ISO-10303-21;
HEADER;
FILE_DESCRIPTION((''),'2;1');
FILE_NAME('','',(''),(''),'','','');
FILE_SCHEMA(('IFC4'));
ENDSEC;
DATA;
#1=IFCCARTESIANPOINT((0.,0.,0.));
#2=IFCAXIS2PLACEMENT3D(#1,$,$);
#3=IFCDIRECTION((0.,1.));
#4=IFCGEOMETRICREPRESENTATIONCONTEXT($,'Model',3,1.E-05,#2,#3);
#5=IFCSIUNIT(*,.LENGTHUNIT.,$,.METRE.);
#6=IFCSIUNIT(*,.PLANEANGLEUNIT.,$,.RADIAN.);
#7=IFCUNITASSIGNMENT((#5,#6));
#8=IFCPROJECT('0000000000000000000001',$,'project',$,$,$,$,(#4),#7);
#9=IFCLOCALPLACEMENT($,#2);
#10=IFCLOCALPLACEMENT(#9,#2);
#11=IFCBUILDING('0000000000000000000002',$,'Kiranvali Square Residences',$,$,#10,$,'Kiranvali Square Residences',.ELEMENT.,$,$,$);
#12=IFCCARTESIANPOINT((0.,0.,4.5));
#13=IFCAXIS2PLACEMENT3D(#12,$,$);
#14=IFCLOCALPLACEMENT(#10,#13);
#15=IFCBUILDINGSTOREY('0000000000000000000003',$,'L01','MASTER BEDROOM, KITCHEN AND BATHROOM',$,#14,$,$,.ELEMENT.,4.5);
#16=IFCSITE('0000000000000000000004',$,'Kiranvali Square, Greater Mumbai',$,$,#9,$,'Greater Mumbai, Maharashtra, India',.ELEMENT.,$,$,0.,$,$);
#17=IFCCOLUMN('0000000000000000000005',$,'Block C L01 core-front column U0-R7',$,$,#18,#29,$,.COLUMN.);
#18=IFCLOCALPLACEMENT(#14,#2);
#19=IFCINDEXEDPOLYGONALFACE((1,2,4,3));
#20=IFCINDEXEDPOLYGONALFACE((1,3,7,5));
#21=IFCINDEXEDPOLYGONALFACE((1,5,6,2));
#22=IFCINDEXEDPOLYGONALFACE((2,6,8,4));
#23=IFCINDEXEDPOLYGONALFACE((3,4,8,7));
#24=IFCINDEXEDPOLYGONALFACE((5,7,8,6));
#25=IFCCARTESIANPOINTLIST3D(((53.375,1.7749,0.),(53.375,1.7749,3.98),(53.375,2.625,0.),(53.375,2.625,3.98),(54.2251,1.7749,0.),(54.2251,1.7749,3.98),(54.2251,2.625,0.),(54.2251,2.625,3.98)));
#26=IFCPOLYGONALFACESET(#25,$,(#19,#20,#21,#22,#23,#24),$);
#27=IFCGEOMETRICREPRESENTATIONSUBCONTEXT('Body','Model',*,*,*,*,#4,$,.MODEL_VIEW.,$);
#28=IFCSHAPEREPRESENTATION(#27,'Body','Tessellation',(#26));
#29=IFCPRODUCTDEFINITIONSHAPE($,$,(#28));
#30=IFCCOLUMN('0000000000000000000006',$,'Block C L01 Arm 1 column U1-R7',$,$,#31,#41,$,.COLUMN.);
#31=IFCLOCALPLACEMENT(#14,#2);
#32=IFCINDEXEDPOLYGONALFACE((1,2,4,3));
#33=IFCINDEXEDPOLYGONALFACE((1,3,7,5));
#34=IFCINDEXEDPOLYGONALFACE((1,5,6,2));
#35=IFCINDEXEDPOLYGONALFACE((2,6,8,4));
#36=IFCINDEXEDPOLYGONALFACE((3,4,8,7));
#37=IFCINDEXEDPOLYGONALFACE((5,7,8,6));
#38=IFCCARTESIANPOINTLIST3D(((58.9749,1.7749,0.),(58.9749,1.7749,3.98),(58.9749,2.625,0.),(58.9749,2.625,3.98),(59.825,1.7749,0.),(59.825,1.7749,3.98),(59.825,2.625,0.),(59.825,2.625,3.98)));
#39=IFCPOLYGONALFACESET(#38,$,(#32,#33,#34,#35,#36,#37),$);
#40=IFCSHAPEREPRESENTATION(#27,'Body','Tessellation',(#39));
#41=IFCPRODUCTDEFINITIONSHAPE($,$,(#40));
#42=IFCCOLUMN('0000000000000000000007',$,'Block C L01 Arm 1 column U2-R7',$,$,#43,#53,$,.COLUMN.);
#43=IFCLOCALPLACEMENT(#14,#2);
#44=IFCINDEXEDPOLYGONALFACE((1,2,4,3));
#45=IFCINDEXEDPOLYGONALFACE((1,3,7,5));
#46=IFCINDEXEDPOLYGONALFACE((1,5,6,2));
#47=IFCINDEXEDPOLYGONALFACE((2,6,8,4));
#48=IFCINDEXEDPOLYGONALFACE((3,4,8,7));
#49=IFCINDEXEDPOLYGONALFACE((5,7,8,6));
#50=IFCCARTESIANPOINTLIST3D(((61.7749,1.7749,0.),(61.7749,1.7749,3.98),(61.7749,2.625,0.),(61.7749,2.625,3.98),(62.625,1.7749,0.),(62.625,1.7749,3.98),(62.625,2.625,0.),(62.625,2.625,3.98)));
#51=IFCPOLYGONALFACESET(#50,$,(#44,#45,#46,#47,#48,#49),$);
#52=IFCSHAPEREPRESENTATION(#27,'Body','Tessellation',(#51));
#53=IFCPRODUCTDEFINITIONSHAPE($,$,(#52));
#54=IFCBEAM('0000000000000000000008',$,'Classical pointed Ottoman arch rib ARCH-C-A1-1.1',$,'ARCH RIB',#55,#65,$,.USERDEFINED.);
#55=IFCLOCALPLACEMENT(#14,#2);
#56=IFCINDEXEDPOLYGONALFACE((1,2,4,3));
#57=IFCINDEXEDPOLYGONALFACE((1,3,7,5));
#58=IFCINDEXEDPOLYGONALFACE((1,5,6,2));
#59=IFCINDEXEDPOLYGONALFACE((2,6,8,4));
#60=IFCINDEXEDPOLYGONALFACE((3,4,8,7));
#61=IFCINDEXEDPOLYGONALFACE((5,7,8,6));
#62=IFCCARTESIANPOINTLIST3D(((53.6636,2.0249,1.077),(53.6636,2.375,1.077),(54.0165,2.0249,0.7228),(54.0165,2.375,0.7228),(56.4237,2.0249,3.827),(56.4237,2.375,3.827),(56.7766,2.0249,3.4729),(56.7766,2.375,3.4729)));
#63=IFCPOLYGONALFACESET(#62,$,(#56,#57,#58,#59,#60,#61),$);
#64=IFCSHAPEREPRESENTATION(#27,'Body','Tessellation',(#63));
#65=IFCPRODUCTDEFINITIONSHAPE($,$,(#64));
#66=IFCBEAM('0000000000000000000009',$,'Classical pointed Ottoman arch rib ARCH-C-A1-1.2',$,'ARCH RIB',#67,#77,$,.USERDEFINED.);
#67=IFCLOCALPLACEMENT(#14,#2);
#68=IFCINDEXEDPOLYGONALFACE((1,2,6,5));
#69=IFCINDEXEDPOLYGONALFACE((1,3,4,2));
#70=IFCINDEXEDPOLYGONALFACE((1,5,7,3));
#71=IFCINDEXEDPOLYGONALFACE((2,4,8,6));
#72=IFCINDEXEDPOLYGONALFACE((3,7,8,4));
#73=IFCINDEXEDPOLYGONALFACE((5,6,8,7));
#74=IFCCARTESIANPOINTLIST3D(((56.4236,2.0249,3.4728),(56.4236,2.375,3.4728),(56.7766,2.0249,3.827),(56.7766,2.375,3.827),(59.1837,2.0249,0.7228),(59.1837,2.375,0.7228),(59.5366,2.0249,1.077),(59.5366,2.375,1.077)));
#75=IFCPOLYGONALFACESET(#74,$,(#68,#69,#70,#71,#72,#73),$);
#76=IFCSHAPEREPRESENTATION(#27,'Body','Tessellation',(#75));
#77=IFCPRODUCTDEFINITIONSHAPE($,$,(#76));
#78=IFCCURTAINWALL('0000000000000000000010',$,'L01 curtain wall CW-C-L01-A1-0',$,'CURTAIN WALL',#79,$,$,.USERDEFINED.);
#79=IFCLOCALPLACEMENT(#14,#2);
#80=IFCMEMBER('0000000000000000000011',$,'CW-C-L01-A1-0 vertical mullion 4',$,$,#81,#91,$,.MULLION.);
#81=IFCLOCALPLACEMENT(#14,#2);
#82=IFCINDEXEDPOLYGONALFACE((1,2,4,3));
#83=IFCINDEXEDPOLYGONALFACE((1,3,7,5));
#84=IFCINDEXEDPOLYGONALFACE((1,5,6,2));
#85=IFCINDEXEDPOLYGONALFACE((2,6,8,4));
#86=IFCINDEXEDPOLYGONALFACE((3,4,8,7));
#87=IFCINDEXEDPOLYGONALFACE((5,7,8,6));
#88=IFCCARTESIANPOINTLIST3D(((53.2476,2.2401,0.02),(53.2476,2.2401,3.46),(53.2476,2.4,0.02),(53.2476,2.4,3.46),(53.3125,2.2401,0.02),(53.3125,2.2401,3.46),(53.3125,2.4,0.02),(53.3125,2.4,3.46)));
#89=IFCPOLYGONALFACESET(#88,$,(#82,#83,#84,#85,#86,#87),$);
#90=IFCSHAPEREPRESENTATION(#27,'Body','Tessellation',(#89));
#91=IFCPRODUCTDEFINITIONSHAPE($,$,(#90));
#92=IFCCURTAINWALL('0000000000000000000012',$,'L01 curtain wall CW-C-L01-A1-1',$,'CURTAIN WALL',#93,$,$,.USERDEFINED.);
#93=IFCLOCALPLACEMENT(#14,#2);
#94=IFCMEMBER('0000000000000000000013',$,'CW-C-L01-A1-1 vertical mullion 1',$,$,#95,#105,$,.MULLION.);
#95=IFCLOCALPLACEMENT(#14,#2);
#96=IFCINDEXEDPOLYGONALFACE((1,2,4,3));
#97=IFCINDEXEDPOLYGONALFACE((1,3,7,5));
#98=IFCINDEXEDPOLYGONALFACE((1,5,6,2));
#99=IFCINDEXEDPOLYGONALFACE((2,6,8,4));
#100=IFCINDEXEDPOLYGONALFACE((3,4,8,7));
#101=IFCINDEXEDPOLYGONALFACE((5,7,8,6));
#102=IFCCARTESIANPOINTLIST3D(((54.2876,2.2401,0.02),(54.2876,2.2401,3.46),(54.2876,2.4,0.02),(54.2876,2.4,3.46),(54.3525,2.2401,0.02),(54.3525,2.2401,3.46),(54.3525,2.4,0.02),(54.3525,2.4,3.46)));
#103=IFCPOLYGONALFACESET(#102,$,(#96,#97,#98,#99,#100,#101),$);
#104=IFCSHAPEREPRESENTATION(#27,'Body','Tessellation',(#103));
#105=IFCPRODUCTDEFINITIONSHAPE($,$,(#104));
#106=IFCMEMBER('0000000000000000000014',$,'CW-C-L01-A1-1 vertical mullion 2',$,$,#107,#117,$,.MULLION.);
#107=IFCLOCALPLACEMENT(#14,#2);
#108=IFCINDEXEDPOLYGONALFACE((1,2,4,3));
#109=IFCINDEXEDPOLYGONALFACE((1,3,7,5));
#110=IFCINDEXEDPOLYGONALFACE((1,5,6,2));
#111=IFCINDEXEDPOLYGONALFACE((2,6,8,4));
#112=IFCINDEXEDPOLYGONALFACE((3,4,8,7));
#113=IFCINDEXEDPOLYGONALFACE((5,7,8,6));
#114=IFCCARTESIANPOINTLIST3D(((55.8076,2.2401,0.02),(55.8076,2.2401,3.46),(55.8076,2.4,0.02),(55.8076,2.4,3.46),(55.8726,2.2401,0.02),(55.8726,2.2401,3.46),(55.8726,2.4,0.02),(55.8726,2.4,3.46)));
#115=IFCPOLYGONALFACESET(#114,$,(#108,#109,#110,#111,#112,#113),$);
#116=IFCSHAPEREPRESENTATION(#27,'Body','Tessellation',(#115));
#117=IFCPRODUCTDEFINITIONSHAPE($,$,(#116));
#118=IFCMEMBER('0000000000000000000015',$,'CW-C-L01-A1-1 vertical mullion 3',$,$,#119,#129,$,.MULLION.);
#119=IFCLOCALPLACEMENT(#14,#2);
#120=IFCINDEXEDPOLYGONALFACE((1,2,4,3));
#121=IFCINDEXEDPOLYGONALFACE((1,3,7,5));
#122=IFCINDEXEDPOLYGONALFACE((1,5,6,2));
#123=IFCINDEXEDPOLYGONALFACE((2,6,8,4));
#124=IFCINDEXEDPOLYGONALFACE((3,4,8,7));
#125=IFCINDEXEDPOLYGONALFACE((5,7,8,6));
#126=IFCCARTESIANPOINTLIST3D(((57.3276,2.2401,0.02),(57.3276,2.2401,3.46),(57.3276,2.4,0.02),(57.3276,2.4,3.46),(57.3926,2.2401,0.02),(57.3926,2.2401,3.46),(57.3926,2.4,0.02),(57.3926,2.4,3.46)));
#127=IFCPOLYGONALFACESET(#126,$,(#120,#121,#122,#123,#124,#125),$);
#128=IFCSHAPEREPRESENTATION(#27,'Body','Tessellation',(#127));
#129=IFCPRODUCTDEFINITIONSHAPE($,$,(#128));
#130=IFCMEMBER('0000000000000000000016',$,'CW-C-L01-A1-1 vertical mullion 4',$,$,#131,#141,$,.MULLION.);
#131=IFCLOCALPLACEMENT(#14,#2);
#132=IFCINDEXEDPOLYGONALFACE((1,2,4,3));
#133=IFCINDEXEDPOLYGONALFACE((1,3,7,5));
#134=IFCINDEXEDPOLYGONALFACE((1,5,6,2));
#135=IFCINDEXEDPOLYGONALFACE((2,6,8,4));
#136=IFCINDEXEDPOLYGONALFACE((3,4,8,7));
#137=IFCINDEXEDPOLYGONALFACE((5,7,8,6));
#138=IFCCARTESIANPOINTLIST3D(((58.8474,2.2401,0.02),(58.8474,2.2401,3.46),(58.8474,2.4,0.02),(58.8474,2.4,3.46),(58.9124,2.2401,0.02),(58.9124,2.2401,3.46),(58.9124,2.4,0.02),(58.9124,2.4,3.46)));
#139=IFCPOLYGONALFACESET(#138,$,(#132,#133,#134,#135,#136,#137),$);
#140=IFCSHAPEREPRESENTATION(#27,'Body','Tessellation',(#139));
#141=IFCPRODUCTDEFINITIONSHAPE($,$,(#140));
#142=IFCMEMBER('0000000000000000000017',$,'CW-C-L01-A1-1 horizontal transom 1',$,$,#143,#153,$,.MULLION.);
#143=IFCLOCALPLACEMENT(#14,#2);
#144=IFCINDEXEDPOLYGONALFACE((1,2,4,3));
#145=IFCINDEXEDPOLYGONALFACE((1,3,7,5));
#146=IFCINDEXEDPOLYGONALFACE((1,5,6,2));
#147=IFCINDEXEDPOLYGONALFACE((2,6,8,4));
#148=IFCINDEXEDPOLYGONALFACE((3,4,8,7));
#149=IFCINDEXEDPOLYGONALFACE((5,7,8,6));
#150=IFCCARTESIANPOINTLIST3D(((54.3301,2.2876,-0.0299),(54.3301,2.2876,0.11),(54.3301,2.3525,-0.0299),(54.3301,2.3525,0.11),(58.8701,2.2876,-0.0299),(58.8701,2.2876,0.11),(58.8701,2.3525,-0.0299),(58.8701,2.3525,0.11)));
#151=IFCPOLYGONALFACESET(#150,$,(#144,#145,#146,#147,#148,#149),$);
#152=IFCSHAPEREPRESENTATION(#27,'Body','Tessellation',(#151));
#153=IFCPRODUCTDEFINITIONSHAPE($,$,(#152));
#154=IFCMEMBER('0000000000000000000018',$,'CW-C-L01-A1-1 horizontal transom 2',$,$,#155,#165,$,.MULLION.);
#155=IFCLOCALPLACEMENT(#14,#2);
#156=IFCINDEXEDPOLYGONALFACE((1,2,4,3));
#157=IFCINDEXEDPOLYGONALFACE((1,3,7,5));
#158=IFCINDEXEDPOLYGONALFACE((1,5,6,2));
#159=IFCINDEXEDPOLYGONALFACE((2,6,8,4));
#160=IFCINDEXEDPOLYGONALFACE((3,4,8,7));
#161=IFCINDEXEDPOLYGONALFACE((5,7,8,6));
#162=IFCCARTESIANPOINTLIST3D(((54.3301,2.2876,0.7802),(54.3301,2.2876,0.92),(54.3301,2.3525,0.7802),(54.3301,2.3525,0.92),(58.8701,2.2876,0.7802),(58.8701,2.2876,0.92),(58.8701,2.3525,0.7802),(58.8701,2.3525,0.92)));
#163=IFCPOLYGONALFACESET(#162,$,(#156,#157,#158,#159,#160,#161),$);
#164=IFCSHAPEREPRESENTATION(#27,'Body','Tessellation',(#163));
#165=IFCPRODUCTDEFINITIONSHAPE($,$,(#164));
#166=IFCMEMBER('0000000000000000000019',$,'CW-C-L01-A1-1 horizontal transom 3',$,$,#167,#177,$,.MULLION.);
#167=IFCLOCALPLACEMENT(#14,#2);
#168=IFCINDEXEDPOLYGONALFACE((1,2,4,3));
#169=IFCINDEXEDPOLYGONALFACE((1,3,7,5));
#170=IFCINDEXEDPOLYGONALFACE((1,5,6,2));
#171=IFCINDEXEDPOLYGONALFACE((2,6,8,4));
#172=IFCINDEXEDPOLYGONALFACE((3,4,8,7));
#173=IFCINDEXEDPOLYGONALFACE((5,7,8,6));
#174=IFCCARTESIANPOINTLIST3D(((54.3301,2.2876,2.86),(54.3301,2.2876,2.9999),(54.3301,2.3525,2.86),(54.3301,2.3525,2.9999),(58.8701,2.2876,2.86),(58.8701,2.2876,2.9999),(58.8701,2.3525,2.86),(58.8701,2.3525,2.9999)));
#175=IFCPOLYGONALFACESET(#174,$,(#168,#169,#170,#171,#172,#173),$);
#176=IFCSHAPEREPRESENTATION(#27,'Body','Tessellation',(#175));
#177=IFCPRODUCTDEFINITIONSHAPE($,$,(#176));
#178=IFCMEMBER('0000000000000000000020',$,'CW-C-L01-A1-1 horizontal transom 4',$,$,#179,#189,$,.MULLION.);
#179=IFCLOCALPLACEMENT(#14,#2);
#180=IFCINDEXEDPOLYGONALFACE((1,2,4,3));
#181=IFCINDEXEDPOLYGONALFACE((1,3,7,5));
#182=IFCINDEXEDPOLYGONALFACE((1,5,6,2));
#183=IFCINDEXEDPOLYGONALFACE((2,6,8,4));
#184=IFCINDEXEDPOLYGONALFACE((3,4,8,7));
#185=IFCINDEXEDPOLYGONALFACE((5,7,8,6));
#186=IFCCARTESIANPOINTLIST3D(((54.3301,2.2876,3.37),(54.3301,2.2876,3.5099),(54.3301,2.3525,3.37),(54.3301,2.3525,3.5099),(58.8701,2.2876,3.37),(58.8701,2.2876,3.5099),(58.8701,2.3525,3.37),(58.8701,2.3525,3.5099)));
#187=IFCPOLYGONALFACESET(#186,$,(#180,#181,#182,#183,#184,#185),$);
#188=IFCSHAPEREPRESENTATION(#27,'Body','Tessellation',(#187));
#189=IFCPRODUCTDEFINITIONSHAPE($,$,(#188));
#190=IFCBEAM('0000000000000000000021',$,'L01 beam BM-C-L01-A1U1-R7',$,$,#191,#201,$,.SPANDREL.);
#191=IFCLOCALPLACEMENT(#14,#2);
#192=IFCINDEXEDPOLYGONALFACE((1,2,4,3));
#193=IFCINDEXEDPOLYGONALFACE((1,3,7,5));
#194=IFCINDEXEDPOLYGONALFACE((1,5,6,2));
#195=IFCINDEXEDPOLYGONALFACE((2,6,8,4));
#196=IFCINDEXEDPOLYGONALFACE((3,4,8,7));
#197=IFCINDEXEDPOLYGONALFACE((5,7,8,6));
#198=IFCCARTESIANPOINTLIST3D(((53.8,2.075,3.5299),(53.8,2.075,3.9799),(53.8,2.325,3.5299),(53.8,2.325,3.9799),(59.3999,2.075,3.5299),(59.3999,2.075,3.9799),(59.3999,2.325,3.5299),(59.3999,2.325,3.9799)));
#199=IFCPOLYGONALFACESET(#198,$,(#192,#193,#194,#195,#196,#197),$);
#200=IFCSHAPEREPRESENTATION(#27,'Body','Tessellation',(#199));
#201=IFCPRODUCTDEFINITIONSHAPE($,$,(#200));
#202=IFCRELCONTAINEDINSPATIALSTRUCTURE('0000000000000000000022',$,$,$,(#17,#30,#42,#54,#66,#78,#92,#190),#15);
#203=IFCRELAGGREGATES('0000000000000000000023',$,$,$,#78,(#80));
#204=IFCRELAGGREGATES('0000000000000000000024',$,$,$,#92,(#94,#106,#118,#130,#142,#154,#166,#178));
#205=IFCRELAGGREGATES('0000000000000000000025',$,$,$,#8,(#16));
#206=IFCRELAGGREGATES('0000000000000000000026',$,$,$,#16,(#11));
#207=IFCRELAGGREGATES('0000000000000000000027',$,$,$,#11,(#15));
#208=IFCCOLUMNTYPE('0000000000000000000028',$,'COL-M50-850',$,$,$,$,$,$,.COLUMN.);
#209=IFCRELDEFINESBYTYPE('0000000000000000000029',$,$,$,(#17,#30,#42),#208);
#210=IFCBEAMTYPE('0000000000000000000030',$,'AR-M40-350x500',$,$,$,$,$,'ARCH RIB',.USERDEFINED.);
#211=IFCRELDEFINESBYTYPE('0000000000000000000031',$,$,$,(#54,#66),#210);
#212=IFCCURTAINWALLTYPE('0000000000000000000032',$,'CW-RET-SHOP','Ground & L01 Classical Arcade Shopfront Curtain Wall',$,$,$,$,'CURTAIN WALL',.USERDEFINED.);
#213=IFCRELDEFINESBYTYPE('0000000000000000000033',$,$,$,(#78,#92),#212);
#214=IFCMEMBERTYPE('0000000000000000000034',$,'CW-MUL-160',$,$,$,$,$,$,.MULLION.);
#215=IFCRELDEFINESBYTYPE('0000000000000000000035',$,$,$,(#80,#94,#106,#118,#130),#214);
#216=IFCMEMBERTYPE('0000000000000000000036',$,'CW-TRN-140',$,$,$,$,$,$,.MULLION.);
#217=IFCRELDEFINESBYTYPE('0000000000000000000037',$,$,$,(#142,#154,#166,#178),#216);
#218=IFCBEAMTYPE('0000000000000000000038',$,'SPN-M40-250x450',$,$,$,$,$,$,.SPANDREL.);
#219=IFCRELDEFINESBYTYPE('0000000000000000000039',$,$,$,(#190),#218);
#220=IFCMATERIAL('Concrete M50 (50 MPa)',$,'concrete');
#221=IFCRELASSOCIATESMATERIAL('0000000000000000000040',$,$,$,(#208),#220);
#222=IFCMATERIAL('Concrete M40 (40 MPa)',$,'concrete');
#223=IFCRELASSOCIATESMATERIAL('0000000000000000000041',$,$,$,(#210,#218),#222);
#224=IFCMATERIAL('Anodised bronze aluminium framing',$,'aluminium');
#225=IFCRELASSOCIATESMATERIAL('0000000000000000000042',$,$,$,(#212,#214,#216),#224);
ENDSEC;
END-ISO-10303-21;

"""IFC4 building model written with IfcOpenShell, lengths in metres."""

from ifc_helpers import new_model, si_unit, direction, frame, origin, origin_2d, place, context, subcontext, project, spatial, rectangle, extrude, material, material_profile, profile_set, type_object, element, aggregate, save


model = new_model("IFC4")

# Units and contexts
model_context = context("Model", 3, precision=1e-05, world=origin(), true_north=direction((0.0, 1.0)))
body_context = subcontext(model_context, "Body", "Model", "MODEL_VIEW")
ifc_project = project(units=[si_unit("LENGTHUNIT", "METRE"), si_unit("PLANEANGLEUNIT", "RADIAN")], contexts=[model_context])

# Site, building, storey
site_placement = place(None, origin())
site = spatial("IfcSite", under=ifc_project, at=site_placement, Name="Kiranvali Square, Greater Mumbai", LongName="Greater Mumbai, Maharashtra, India", CompositionType="ELEMENT", RefElevation=0.0)
building_placement = place(site_placement, origin())
building = spatial("IfcBuilding", under=site, at=building_placement, Name="Kiranvali Square Residences", LongName="Kiranvali Square Residences", CompositionType="ELEMENT")
storey_placement = place(building_placement, frame((0.0, 0.0, 4.5)))
storey = spatial("IfcBuildingStorey", under=building, at=storey_placement, Name="L01", Description="MASTER BEDROOM, KITCHEN AND BATHROOM", CompositionType="ELEMENT", Elevation=4.5)

# Columns
ifc_material_1 = material(Name="Concrete M50 (50 MPa)", Category="concrete")
ifc_material_profile_1 = material_profile(ifc_material_1, rectangle(XDim=0.8501, YDim=0.8501, at=origin_2d()), Name="RC 850x850")
ifc_profile_set_1 = profile_set([ifc_material_profile_1], Name="Concrete M50 (50 MPa)")
column_type = type_object("IfcColumnType", Name="COL-M50-850", PredefinedType="COLUMN", material=ifc_profile_set_1)
for number, where, z_axis, x_axis, name in (
    (1, (53.8, 2.2, 0.0), (0.0, 0.0, 1.0), (1.0, 0.0, 0.0), "Block C L01 core-front column U0-R7"),
    (2, (59.3999, 2.2, 0.0), (0.0, 0.0, 1.0), (1.0, 0.0, 0.0), "Block C L01 Arm 1 column U1-R7"),
    (3, (62.2, 2.2, 0.0), (0.0, 0.0, 1.0), (1.0, 0.0, 0.0), "Block C L01 Arm 1 column U2-R7"),
):
    element("IfcColumn", number, at=place(storey_placement, frame(where, z_axis=z_axis, x_axis=x_axis)), inside=storey, type_object=column_type, Name=name, PredefinedType="COLUMN", context=body_context, shape_type="SweptSolid", body=[
        extrude(rectangle(XDim=0.8501, YDim=0.8501, at=origin_2d()), origin(), (0.0, 0.0, 1.0), 3.98),
    ])

# Beams
ifc_material_2 = material(Name="Concrete M40 (40 MPa)", Category="concrete")
ifc_material_profile_2 = material_profile(ifc_material_2, rectangle(XDim=0.3501, YDim=0.5, at=origin_2d()), Name="RC 350x500")
ifc_profile_set_2 = profile_set([ifc_material_profile_2], Name="Concrete M40 (40 MPa)")
beam_type_1 = type_object("IfcBeamType", Name="AR-M40-350x500", ElementType="ARCH RIB", PredefinedType="USERDEFINED", material=ifc_profile_set_2)
for number, where, z_axis, x_axis, name in (
    (4, (53.8401, 2.2, 0.8999), (0.70839, 0.0, 0.705821), (0.0, 1.0, 0.0), "Classical pointed Ottoman arch rib ARCH-C-A1-1.1"),
    (5, (56.6001, 2.2, 3.6499), (0.70839, 0.0, -0.705821), (0.0, 1.0, 0.0), "Classical pointed Ottoman arch rib ARCH-C-A1-1.2"),
):
    element("IfcBeam", number, at=place(storey_placement, frame(where, z_axis=z_axis, x_axis=x_axis)), inside=storey, type_object=beam_type_1, Name=name, ObjectType="ARCH RIB", PredefinedType="USERDEFINED", context=body_context, shape_type="SweptSolid", body=[
        extrude(rectangle(XDim=0.3501, YDim=0.5, at=origin_2d()), origin(), (0.0, 0.0, 1.0), 3.8962),
    ])

# Curtain wall, member
ifc_material_3 = material(Name="Anodised bronze aluminium framing", Category="aluminium")
curtain_wall_type = type_object("IfcCurtainWallType", Name="CW-RET-SHOP", Description="Ground & L01 Classical Arcade Shopfront Curtain Wall", ElementType="CURTAIN WALL", PredefinedType="USERDEFINED", material=ifc_material_3)
curtain_wall_1_placement = place(storey_placement, origin())
curtain_wall_1 = element("IfcCurtainWall", 6, at=curtain_wall_1_placement, inside=storey, type_object=curtain_wall_type, Name="L01 curtain wall CW-C-L01-A1-0", ObjectType="CURTAIN WALL", PredefinedType="USERDEFINED")
ifc_material_profile_3 = material_profile(ifc_material_3, rectangle(XDim=0.0649, YDim=0.1599, at=origin_2d()), Name="ALU 65x160")
ifc_profile_set_3 = profile_set([ifc_material_profile_3], Name="Anodised bronze aluminium framing")
member_type_1 = type_object("IfcMemberType", Name="CW-MUL-160", PredefinedType="MULLION", material=ifc_profile_set_3)
member_1_placement = place(storey_placement, frame((53.28, 2.3201, 0.02), z_axis=(0.0, 0.0, 1.0), x_axis=(1.0, 0.0, 0.0)))
member_1 = element("IfcMember", 7, at=member_1_placement, type_object=member_type_1, Name="CW-C-L01-A1-0 vertical mullion 4", PredefinedType="MULLION", context=body_context, shape_type="SweptSolid", body=[
    extrude(rectangle(XDim=0.0649, YDim=0.1599, at=origin_2d()), origin(), (0.0, 0.0, 1.0), 3.4399),
])

# Curtain wall, members
curtain_wall_2_placement = place(storey_placement, origin())
curtain_wall_2 = element("IfcCurtainWall", 8, at=curtain_wall_2_placement, inside=storey, type_object=curtain_wall_type, Name="L01 curtain wall CW-C-L01-A1-1", ObjectType="CURTAIN WALL", PredefinedType="USERDEFINED")
member_2_placement = place(storey_placement, frame((54.3201, 2.3201, 0.02), z_axis=(0.0, 0.0, 1.0), x_axis=(1.0, 0.0, 0.0)))
member_2 = element("IfcMember", 9, at=member_2_placement, type_object=member_type_1, Name="CW-C-L01-A1-1 vertical mullion 1", PredefinedType="MULLION", context=body_context, shape_type="SweptSolid", body=[
    extrude(rectangle(XDim=0.0649, YDim=0.1599, at=origin_2d()), origin(), (0.0, 0.0, 1.0), 3.4399),
])
member_3_placement = place(storey_placement, frame((55.8401, 2.3201, 0.02), z_axis=(0.0, 0.0, 1.0), x_axis=(1.0, 0.0, 0.0)))
member_3 = element("IfcMember", 10, at=member_3_placement, type_object=member_type_1, Name="CW-C-L01-A1-1 vertical mullion 2", PredefinedType="MULLION", context=body_context, shape_type="SweptSolid", body=[
    extrude(rectangle(XDim=0.0649, YDim=0.1599, at=origin_2d()), origin(), (0.0, 0.0, 1.0), 3.4399),
])
member_4_placement = place(storey_placement, frame((57.3601, 2.3201, 0.02), z_axis=(0.0, 0.0, 1.0), x_axis=(1.0, 0.0, 0.0)))
member_4 = element("IfcMember", 11, at=member_4_placement, type_object=member_type_1, Name="CW-C-L01-A1-1 vertical mullion 3", PredefinedType="MULLION", context=body_context, shape_type="SweptSolid", body=[
    extrude(rectangle(XDim=0.0649, YDim=0.1599, at=origin_2d()), origin(), (0.0, 0.0, 1.0), 3.4399),
])
member_5_placement = place(storey_placement, frame((58.8799, 2.3201, 0.02), z_axis=(0.0, 0.0, 1.0), x_axis=(1.0, 0.0, 0.0)))
member_5 = element("IfcMember", 12, at=member_5_placement, type_object=member_type_1, Name="CW-C-L01-A1-1 vertical mullion 4", PredefinedType="MULLION", context=body_context, shape_type="SweptSolid", body=[
    extrude(rectangle(XDim=0.0649, YDim=0.1599, at=origin_2d()), origin(), (0.0, 0.0, 1.0), 3.4399),
])
ifc_material_profile_4 = material_profile(ifc_material_3, rectangle(XDim=0.0649, YDim=0.1399, at=origin_2d()), Name="ALU 65x140")
ifc_profile_set_4 = profile_set([ifc_material_profile_4], Name="Anodised bronze aluminium framing")
member_type_2 = type_object("IfcMemberType", Name="CW-TRN-140", PredefinedType="MULLION", material=ifc_profile_set_4)
member_6_placement = place(storey_placement, frame((54.3301, 2.3201, 0.04), z_axis=(1.0, 0.0, 0.0), x_axis=(0.0, 1.0, 0.0)))
member_6 = element("IfcMember", 13, at=member_6_placement, type_object=member_type_2, Name="CW-C-L01-A1-1 horizontal transom 1", PredefinedType="MULLION", context=body_context, shape_type="SweptSolid", body=[
    extrude(rectangle(XDim=0.0649, YDim=0.1399, at=origin_2d()), origin(), (0.0, 0.0, 1.0), 4.54),
])
member_7_placement = place(storey_placement, frame((54.3301, 2.3201, 0.8501), z_axis=(1.0, 0.0, 0.0), x_axis=(0.0, 1.0, 0.0)))
member_7 = element("IfcMember", 14, at=member_7_placement, type_object=member_type_2, Name="CW-C-L01-A1-1 horizontal transom 2", PredefinedType="MULLION", context=body_context, shape_type="SweptSolid", body=[
    extrude(rectangle(XDim=0.0649, YDim=0.1399, at=origin_2d()), origin(), (0.0, 0.0, 1.0), 4.54),
])
member_8_placement = place(storey_placement, frame((54.3301, 2.3201, 2.9299), z_axis=(1.0, 0.0, 0.0), x_axis=(0.0, 1.0, 0.0)))
member_8 = element("IfcMember", 15, at=member_8_placement, type_object=member_type_2, Name="CW-C-L01-A1-1 horizontal transom 3", PredefinedType="MULLION", context=body_context, shape_type="SweptSolid", body=[
    extrude(rectangle(XDim=0.0649, YDim=0.1399, at=origin_2d()), origin(), (0.0, 0.0, 1.0), 4.54),
])
member_9_placement = place(storey_placement, frame((54.3301, 2.3201, 3.4399), z_axis=(1.0, 0.0, 0.0), x_axis=(0.0, 1.0, 0.0)))
member_9 = element("IfcMember", 16, at=member_9_placement, type_object=member_type_2, Name="CW-C-L01-A1-1 horizontal transom 4", PredefinedType="MULLION", context=body_context, shape_type="SweptSolid", body=[
    extrude(rectangle(XDim=0.0649, YDim=0.1399, at=origin_2d()), origin(), (0.0, 0.0, 1.0), 4.54),
])

# Beam
ifc_material_profile_5 = material_profile(ifc_material_2, rectangle(XDim=0.25, YDim=0.45, at=origin_2d()), Name="RC 250x450")
ifc_profile_set_5 = profile_set([ifc_material_profile_5], Name="Concrete M40 (40 MPa)")
beam_type_2 = type_object("IfcBeamType", Name="SPN-M40-250x450", PredefinedType="SPANDREL", material=ifc_profile_set_5)
beam_placement = place(storey_placement, frame((53.8, 2.2, 3.7549), z_axis=(1.0, 0.0, 0.0), x_axis=(0.0, 1.0, 0.0)))
element("IfcBeam", 17, at=beam_placement, inside=storey, type_object=beam_type_2, Name="L01 beam BM-C-L01-A1U1-R7", PredefinedType="SPANDREL", context=body_context, shape_type="SweptSolid", body=[
    extrude(rectangle(XDim=0.25, YDim=0.45, at=origin_2d()), origin(), (0.0, 0.0, 1.0), 5.5999),
])

aggregate(curtain_wall_1, [member_1])
aggregate(curtain_wall_2, [member_2, member_3, member_4, member_5, member_6, member_7, member_8, member_9])

save(model, "model.ifc")
